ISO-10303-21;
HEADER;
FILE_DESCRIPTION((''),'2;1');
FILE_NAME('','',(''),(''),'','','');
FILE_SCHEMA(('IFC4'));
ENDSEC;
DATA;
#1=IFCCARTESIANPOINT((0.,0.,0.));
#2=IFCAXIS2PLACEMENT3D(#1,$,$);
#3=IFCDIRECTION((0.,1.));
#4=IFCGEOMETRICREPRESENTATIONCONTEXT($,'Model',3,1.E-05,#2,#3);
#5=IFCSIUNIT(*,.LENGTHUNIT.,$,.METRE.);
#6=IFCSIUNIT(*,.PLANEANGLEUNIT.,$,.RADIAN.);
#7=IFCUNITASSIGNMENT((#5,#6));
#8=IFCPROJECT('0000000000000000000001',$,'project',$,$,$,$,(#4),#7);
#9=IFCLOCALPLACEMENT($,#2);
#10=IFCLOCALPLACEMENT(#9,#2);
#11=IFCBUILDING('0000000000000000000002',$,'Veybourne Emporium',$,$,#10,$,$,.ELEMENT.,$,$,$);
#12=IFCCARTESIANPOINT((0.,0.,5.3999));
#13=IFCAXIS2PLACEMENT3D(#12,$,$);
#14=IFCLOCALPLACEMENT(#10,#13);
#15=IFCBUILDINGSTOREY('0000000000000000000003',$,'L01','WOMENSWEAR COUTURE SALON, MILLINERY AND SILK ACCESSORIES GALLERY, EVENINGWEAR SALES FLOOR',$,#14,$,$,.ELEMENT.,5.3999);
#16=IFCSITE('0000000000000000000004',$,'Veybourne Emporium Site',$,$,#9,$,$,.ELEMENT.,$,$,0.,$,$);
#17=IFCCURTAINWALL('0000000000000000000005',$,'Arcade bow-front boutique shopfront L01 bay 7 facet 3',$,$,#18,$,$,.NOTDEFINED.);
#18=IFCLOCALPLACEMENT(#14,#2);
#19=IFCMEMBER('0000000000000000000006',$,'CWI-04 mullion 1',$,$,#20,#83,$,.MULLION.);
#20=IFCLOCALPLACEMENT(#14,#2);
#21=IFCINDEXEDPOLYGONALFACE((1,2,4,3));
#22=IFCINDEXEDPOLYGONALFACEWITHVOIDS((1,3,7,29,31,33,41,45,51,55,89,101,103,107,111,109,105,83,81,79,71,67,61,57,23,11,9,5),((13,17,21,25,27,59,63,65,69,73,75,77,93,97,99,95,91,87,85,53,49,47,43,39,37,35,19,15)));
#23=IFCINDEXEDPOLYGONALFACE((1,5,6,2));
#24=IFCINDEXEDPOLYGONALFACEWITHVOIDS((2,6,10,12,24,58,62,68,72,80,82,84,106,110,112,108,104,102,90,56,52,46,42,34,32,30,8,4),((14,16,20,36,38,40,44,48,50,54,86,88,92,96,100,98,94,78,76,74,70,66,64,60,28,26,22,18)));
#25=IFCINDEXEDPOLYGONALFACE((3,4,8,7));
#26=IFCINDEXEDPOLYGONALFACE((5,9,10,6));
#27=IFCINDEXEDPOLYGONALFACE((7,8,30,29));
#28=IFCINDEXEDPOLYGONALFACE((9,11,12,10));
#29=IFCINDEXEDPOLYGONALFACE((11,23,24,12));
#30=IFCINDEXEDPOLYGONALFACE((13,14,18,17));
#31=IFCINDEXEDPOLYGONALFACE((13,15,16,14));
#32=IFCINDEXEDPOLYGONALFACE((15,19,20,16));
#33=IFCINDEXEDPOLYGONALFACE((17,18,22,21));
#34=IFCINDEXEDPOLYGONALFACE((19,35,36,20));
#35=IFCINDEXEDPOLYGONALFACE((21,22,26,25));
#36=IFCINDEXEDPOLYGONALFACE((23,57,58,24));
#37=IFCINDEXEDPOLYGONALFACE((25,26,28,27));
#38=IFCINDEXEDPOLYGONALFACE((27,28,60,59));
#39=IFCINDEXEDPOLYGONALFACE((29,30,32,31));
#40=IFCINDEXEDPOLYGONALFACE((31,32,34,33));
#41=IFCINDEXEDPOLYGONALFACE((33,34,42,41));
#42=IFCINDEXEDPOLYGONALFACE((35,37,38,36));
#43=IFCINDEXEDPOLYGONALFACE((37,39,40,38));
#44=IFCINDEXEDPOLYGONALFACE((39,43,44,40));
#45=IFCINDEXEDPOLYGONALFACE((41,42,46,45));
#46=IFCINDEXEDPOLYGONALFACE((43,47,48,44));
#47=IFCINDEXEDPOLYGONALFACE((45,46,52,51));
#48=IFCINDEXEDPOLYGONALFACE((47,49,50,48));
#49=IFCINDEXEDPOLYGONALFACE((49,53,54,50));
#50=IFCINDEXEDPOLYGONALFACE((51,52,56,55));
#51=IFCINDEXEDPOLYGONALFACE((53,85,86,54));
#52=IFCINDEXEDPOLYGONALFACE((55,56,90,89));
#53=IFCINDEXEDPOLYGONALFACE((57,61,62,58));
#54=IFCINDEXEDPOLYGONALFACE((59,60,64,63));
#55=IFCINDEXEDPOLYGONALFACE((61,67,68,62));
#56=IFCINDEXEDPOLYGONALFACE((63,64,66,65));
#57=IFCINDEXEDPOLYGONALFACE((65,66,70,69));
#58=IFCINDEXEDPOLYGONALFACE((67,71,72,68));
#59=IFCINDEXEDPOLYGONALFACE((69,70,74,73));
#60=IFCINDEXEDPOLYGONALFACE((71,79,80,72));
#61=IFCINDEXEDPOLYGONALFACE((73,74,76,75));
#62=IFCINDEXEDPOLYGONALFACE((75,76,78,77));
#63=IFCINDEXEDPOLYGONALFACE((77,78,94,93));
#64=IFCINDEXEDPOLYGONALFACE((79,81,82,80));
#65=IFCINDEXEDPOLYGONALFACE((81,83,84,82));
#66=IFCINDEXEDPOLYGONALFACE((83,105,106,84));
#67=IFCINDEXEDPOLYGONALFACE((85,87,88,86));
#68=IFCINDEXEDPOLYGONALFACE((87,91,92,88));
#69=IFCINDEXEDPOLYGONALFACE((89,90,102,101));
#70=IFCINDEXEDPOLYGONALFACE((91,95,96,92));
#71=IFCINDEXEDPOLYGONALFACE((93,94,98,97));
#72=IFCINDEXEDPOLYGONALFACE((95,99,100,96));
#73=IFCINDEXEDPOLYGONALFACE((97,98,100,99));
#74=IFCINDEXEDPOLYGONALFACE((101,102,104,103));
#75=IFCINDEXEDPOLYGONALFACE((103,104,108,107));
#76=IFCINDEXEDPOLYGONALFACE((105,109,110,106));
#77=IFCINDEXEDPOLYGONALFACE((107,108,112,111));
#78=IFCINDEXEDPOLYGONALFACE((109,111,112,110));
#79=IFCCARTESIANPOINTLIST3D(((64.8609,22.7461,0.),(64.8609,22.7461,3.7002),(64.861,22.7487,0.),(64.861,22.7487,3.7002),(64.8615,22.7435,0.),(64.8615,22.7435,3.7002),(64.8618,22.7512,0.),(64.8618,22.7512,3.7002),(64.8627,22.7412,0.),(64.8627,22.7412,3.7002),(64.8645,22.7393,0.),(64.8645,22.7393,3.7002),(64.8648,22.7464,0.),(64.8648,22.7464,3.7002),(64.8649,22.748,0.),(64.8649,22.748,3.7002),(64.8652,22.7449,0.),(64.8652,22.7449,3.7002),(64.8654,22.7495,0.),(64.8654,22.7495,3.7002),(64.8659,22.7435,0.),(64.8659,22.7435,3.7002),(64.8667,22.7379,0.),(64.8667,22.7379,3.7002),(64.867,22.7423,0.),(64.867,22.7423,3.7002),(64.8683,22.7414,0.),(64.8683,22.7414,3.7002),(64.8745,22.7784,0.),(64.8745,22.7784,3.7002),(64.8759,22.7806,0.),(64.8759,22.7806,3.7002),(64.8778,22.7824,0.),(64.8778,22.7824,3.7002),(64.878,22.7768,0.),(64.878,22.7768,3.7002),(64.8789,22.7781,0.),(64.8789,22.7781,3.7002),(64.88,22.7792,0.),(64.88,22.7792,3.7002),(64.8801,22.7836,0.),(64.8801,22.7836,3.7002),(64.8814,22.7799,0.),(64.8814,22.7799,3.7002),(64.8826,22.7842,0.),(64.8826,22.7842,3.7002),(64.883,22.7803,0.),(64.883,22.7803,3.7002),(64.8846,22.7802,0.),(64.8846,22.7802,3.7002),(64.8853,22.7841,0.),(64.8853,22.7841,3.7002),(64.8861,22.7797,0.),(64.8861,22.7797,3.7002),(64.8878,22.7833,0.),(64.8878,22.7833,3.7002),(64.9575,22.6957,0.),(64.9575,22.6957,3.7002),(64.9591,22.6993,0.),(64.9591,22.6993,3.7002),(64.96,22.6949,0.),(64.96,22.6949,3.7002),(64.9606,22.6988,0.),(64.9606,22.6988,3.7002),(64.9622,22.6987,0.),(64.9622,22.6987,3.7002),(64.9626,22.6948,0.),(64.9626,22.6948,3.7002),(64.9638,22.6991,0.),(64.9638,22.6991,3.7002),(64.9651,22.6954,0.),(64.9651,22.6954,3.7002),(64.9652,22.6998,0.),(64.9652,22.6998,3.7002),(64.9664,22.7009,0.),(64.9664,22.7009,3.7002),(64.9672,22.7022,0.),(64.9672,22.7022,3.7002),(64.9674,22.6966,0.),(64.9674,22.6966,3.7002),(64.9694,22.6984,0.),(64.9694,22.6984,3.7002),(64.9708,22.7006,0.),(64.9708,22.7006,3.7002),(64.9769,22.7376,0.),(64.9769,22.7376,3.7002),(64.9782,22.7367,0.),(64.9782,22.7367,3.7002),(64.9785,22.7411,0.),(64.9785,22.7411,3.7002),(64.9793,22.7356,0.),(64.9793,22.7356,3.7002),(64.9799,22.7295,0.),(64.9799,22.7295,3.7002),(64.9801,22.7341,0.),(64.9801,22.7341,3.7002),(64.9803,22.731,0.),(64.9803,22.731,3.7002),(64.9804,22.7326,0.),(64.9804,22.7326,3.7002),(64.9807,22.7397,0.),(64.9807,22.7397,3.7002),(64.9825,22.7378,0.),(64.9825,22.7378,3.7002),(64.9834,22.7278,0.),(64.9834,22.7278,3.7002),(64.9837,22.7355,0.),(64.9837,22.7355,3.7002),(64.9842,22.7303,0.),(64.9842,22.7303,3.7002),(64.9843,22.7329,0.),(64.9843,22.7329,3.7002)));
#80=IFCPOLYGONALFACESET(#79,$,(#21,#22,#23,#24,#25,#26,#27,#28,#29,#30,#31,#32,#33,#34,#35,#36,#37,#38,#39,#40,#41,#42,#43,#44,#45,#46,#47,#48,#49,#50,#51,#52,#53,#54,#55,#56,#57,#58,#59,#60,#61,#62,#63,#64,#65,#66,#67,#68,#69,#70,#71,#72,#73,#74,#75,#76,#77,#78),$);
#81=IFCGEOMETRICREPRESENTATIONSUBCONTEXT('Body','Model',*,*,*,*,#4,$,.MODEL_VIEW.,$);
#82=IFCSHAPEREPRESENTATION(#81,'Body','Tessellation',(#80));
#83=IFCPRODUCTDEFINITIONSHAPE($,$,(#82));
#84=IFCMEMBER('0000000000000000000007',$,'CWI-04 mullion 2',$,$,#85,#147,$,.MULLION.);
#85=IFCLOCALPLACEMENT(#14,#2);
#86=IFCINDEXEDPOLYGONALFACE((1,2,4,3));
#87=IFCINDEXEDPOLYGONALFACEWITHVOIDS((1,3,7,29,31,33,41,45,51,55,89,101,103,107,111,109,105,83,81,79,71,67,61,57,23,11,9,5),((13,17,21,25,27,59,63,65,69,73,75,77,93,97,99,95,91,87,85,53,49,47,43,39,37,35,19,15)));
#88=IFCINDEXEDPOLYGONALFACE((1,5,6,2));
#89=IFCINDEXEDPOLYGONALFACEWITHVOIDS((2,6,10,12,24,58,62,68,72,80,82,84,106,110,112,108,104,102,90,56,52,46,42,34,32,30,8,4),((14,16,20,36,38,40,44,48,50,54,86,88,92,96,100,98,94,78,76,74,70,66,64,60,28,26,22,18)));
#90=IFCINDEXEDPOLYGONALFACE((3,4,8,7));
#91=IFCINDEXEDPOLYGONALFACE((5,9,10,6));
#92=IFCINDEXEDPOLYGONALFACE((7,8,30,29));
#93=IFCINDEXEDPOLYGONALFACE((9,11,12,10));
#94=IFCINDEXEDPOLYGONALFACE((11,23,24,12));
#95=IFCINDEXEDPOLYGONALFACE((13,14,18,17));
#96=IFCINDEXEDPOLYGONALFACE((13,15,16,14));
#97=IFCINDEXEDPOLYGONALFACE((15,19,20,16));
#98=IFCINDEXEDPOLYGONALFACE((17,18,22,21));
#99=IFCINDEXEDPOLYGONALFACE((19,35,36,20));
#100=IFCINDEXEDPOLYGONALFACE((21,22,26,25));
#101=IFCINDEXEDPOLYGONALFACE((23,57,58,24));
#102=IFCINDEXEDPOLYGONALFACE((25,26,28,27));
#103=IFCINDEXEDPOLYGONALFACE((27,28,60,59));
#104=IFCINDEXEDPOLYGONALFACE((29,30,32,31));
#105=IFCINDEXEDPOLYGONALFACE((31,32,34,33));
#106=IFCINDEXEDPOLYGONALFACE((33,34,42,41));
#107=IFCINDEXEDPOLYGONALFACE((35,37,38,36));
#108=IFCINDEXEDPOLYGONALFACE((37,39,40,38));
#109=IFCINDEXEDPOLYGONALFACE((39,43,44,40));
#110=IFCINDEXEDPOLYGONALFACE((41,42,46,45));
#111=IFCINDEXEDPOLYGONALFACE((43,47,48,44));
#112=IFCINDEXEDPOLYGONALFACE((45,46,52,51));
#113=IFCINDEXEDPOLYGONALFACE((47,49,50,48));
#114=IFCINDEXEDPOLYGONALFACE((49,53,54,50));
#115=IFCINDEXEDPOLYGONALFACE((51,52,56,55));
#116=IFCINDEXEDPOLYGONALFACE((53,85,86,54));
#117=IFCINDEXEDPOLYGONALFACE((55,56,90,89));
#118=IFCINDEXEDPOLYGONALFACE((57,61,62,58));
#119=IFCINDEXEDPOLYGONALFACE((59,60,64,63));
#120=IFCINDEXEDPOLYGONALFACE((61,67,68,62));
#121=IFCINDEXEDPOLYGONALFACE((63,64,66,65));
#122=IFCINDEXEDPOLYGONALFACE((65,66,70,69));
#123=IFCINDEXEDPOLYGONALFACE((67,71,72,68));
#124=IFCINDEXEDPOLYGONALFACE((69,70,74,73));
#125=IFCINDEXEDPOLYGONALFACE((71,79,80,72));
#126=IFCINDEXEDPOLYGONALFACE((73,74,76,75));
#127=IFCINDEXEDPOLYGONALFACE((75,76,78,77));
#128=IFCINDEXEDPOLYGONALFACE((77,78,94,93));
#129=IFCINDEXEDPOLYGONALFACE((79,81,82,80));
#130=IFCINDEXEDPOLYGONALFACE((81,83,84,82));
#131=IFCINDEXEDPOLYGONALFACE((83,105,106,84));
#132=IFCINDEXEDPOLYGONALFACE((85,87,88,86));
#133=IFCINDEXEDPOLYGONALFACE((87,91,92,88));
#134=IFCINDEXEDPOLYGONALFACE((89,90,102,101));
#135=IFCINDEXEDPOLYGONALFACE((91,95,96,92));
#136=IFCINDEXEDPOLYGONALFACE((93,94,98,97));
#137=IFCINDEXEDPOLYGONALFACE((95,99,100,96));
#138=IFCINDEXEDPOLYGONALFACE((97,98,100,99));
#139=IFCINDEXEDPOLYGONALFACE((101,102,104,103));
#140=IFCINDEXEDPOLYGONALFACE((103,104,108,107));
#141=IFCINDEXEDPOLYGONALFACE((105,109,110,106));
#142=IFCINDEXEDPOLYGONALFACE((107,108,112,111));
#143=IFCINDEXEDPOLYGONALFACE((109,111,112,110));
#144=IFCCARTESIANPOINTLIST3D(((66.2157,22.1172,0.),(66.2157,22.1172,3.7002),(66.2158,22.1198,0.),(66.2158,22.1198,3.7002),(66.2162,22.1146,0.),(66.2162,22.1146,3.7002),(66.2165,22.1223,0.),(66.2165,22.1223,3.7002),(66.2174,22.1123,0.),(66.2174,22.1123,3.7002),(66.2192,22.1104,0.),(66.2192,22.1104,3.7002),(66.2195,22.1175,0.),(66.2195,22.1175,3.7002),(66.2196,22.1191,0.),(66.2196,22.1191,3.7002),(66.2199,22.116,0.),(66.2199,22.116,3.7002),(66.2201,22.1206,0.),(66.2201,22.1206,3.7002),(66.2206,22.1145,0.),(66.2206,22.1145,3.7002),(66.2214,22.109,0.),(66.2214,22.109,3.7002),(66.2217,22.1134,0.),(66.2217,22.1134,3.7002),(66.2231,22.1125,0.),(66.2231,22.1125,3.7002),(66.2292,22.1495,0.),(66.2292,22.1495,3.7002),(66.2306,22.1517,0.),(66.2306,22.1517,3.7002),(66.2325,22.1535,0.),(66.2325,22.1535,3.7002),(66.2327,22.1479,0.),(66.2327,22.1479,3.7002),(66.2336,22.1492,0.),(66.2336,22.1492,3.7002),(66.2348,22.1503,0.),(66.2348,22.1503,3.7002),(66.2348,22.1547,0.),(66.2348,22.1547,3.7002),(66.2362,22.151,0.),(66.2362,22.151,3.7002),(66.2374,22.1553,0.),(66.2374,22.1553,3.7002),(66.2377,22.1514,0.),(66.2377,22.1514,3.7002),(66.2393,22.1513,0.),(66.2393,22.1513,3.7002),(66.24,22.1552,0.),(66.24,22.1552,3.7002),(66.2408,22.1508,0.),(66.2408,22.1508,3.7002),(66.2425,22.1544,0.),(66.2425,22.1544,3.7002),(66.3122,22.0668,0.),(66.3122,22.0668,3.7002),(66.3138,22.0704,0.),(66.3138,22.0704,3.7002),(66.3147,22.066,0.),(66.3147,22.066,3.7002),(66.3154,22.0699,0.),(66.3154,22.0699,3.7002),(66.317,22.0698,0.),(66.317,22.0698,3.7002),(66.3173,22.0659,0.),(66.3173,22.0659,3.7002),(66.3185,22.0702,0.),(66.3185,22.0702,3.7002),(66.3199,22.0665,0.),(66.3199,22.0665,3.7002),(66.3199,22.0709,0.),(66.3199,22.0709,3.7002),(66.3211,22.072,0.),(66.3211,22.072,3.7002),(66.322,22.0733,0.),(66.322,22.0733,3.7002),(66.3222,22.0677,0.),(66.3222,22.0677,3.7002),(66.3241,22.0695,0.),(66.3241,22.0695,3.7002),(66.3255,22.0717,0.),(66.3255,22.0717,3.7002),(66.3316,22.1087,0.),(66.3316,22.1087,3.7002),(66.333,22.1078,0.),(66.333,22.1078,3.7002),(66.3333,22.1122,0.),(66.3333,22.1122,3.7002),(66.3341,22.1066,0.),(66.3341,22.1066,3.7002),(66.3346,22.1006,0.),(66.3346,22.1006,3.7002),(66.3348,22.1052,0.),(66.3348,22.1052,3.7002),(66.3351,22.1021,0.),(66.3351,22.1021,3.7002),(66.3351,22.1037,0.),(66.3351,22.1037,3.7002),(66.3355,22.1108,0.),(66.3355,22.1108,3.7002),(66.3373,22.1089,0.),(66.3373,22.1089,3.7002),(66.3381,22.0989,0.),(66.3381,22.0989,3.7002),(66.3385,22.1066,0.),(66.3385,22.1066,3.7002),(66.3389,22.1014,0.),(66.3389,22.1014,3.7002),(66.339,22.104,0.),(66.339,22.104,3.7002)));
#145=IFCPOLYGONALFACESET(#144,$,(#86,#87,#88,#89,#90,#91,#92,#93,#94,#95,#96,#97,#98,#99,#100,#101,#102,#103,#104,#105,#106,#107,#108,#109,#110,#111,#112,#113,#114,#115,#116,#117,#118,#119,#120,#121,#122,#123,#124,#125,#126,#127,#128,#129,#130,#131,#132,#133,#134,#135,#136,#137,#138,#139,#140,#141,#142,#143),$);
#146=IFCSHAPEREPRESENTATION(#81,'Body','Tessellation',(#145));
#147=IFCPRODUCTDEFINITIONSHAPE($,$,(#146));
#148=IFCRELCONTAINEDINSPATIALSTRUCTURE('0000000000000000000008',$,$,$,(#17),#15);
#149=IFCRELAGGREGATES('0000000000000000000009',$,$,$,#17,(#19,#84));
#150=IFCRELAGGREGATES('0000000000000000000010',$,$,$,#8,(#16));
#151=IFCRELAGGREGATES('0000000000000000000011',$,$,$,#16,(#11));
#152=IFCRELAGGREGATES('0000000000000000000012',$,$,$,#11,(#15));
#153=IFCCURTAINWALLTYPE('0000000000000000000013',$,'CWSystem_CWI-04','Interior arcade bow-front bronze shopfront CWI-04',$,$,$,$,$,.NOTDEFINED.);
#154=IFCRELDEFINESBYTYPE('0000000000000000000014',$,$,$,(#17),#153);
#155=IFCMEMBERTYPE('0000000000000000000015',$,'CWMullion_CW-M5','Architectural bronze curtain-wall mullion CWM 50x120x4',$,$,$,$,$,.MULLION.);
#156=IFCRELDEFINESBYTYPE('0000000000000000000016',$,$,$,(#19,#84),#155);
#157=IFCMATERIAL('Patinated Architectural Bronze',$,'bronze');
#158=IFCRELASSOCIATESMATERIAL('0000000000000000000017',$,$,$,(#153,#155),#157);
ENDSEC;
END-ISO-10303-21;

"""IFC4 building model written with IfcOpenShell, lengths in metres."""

from ifc_helpers import new_model, si_unit, direction, frame, origin, origin_2d, place, context, subcontext, project, spatial, hollow_rectangle, extrude, material, material_profile, profile_set, type_object, element, aggregate, save


model = new_model("IFC4")

# Units and contexts
model_context = context("Model", 3, precision=1e-05, world=origin(), true_north=direction((0.0, 1.0)))
body_context = subcontext(model_context, "Body", "Model", "MODEL_VIEW")
ifc_project = project(units=[si_unit("LENGTHUNIT", "METRE"), si_unit("PLANEANGLEUNIT", "RADIAN")], contexts=[model_context])

# Site, building, storey
site_placement = place(None, origin())
site = spatial("IfcSite", under=ifc_project, at=site_placement, Name="Veybourne Emporium Site", CompositionType="ELEMENT", RefElevation=0.0)
building_placement = place(site_placement, origin())
building = spatial("IfcBuilding", under=site, at=building_placement, Name="Veybourne Emporium", CompositionType="ELEMENT")
storey_placement = place(building_placement, frame((0.0, 0.0, 5.3999)))
storey = spatial("IfcBuildingStorey", under=building, at=storey_placement, Name="L01", Description="WOMENSWEAR COUTURE SALON, MILLINERY AND SILK ACCESSORIES GALLERY, EVENINGWEAR SALES FLOOR", CompositionType="ELEMENT", Elevation=5.3999)

# Curtain wall, members
ifc_material_1 = material(Name="Patinated Architectural Bronze", Category="bronze")
curtain_wall_type_1 = type_object("IfcCurtainWallType", Name="CWSystem_CWI-04", Description="Interior arcade bow-front bronze shopfront CWI-04", PredefinedType="NOTDEFINED", material=ifc_material_1)
curtain_wall_1_placement = place(storey_placement, origin())
curtain_wall_1 = element("IfcCurtainWall", 1, at=curtain_wall_1_placement, inside=storey, type_object=curtain_wall_type_1, Name="Arcade bow-front boutique shopfront L01 bay 7 facet 3", PredefinedType="NOTDEFINED")
ifc_material_profile_1 = material_profile(ifc_material_1, hollow_rectangle(XDim=0.05, YDim=0.1201, WallThickness=0.0039, InnerFilletRadius=0.0061, OuterFilletRadius=0.01, at=origin_2d()), Name="CWM 50x120x4")
ifc_profile_set_1 = profile_set([ifc_material_profile_1], Name="Patinated Architectural Bronze")
member_type_1 = type_object("IfcMemberType", Name="CWMullion_CW-M5", Description="Architectural bronze curtain-wall mullion CWM 50x120x4", PredefinedType="MULLION", material=ifc_profile_set_1)
member_1_placement = place(storey_placement, frame((64.9226, 22.7395, 0.0), z_axis=(0.0, 0.0, 1.0), x_axis=(0.421111, 0.907009, 0.0)))
member_1 = element("IfcMember", 2, at=member_1_placement, type_object=member_type_1, Name="CWI-04 mullion 1", PredefinedType="MULLION", context=body_context, shape_type="SweptSolid", body=[
    extrude(hollow_rectangle(XDim=0.05, YDim=0.1201, WallThickness=0.0039, InnerFilletRadius=0.0061, OuterFilletRadius=0.01, at=origin_2d()), origin(), (0.0, 0.0, 1.0), 3.7002),
])
member_2_placement = place(storey_placement, frame((66.2773, 22.1106, 0.0), z_axis=(0.0, 0.0, 1.0), x_axis=(0.421111, 0.907009, 0.0)))
member_2 = element("IfcMember", 3, at=member_2_placement, type_object=member_type_1, Name="CWI-04 mullion 2", PredefinedType="MULLION", context=body_context, shape_type="SweptSolid", body=[
    extrude(hollow_rectangle(XDim=0.05, YDim=0.1201, WallThickness=0.0039, InnerFilletRadius=0.0061, OuterFilletRadius=0.01, at=origin_2d()), origin(), (0.0, 0.0, 1.0), 3.7002),
])

aggregate(curtain_wall_1, [member_1, member_2])

save(model, "model.ifc")
